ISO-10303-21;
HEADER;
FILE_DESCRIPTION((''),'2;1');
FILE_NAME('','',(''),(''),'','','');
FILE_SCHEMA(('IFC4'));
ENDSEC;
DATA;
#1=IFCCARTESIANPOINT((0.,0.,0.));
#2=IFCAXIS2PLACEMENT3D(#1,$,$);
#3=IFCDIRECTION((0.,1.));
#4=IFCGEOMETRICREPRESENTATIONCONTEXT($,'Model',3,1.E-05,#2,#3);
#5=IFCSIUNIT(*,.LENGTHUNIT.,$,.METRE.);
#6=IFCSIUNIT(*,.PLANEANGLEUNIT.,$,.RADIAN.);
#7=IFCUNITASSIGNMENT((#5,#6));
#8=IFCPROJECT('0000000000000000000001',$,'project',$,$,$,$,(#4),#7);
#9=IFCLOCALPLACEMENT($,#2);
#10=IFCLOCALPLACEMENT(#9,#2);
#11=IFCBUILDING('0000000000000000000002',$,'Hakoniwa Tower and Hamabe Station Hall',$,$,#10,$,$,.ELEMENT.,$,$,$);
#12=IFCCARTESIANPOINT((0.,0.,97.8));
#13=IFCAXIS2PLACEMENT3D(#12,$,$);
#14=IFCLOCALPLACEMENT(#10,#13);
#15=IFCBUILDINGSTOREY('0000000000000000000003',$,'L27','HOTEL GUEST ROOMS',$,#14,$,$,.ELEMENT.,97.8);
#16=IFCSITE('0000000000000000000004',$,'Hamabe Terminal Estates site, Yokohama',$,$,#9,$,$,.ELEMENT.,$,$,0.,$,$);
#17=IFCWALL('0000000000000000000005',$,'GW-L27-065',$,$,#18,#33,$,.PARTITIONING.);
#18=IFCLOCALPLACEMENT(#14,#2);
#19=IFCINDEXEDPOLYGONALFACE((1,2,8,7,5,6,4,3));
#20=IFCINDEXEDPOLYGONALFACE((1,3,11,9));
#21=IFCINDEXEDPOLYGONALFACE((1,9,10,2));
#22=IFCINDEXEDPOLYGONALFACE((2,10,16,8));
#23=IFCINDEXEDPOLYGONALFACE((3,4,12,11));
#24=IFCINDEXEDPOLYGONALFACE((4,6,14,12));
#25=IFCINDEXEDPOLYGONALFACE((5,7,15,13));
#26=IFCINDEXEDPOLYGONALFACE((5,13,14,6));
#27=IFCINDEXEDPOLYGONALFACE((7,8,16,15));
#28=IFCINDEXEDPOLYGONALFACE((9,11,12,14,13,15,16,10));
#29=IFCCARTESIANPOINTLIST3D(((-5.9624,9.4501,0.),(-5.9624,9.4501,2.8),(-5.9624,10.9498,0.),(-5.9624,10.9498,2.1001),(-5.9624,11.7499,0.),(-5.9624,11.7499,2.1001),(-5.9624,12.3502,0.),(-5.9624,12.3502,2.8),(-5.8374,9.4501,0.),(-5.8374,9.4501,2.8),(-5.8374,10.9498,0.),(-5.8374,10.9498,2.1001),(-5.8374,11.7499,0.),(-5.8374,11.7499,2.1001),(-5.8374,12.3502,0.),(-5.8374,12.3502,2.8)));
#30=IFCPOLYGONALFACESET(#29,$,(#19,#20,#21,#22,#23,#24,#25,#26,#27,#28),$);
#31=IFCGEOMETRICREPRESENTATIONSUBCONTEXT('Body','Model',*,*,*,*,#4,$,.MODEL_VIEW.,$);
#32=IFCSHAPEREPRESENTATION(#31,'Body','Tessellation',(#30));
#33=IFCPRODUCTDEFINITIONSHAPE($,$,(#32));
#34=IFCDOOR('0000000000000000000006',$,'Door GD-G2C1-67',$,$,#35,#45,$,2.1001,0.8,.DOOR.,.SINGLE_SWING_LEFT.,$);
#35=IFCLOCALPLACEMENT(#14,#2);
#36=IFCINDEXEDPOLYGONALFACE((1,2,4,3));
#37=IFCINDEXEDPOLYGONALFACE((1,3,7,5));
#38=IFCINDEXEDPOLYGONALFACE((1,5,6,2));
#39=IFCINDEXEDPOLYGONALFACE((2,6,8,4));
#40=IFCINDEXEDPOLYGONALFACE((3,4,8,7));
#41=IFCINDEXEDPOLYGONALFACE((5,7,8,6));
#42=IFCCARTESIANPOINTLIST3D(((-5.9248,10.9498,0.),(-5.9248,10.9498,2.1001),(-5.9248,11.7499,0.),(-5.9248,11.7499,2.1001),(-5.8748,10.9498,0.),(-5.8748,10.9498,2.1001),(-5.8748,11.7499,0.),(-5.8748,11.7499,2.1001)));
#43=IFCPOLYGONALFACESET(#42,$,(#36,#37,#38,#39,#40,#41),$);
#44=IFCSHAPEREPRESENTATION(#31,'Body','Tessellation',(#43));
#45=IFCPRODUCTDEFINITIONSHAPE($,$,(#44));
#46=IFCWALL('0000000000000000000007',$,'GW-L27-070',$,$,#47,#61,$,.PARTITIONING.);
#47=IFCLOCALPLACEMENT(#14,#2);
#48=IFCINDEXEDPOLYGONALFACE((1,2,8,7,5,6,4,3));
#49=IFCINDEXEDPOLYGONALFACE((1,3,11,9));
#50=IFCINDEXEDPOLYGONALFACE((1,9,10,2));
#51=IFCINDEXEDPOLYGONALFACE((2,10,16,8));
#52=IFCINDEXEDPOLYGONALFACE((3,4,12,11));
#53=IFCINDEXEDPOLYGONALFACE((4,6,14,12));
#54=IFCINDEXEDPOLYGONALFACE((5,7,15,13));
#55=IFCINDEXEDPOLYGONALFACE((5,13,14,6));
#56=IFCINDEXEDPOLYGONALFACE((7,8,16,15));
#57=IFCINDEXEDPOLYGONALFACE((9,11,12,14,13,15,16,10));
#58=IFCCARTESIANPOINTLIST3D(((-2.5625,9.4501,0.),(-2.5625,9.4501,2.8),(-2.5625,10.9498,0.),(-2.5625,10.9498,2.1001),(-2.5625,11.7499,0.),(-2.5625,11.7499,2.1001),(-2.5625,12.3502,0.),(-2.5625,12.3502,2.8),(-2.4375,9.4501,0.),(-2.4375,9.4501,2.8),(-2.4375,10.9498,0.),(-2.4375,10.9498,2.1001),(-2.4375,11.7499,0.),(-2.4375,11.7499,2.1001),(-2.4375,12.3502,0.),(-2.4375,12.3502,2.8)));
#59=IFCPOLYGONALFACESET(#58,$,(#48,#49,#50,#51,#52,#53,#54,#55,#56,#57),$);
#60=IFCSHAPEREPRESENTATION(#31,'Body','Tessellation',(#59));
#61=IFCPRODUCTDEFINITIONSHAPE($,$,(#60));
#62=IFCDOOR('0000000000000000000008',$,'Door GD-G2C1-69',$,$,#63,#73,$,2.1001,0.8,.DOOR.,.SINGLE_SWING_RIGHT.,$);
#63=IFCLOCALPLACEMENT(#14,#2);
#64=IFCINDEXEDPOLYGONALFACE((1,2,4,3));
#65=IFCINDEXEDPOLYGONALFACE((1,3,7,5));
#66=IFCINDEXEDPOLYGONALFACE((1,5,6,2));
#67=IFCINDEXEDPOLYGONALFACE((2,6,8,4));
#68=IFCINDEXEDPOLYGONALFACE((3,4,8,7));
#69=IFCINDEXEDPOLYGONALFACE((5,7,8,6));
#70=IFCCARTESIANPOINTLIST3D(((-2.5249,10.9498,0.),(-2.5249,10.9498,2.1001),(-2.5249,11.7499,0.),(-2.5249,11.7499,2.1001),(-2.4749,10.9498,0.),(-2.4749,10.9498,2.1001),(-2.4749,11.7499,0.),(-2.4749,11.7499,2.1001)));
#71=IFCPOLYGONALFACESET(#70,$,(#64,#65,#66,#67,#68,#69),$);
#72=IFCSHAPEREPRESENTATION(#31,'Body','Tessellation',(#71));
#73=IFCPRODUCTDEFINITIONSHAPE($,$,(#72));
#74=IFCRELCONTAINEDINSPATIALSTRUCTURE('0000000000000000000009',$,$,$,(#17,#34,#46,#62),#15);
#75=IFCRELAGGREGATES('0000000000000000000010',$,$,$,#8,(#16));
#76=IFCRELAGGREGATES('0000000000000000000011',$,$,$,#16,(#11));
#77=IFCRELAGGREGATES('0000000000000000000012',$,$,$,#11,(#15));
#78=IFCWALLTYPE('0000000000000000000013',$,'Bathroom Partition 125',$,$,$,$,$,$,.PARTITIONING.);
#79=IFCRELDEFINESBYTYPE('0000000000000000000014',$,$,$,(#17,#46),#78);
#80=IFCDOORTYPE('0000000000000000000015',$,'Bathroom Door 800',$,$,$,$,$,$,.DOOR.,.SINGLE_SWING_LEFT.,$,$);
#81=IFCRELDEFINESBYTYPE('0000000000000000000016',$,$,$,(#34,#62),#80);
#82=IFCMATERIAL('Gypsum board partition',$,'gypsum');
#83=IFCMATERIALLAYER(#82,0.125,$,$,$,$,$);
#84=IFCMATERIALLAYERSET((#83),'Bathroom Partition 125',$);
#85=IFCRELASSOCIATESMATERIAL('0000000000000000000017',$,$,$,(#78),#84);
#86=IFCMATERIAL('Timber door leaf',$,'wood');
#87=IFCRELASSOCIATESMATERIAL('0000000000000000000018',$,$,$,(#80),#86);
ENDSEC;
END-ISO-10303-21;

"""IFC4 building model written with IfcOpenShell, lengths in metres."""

from ifc_helpers import new_model, si_unit, direction, frame, frame_2d, origin, place, context, subcontext, project, spatial, rectangle, extrude, material, layer, layer_set, type_object, element, fill, save


model = new_model("IFC4")

# Units and contexts
model_context = context("Model", 3, precision=1e-05, world=origin(), true_north=direction((0.0, 1.0)))
body_context = subcontext(model_context, "Body", "Model", "MODEL_VIEW")
ifc_project = project(units=[si_unit("LENGTHUNIT", "METRE"), si_unit("PLANEANGLEUNIT", "RADIAN")], contexts=[model_context])

# Site, building, storey
site_placement = place(None, origin())
site = spatial("IfcSite", under=ifc_project, at=site_placement, Name="Hamabe Terminal Estates site, Yokohama", CompositionType="ELEMENT", RefElevation=0.0)
building_placement = place(site_placement, origin())
building = spatial("IfcBuilding", under=site, at=building_placement, Name="Hakoniwa Tower and Hamabe Station Hall", CompositionType="ELEMENT")
storey_placement = place(building_placement, frame((0.0, 0.0, 97.8)))
storey = spatial("IfcBuildingStorey", under=building, at=storey_placement, Name="L27", Description="HOTEL GUEST ROOMS", CompositionType="ELEMENT", Elevation=97.8)

# Shared definitions
ifc_material_1 = material(Name="Gypsum board partition", Category="gypsum")
ifc_layer_1 = layer(ifc_material_1, 0.125)
ifc_layer_set_1 = layer_set([ifc_layer_1], Name="Bathroom Partition 125")
wall_type_1 = type_object("IfcWallType", Name="Bathroom Partition 125", PredefinedType="PARTITIONING", material=ifc_layer_set_1)

# Shared definitions
ifc_material_2 = material(Name="Timber door leaf", Category="wood")
door_type_1 = type_object("IfcDoorType", Name="Bathroom Door 800", OperationType="SINGLE_SWING_LEFT", PredefinedType="DOOR", material=ifc_material_2)

# Walls, openings, doors
wall_1_placement = place(storey_placement, frame((-5.8999, 9.45, 0.0), z_axis=(0.0, 0.0, 1.0), x_axis=(0.0, 1.0, 0.0)))
wall_1 = element("IfcWall", 1, at=wall_1_placement, inside=storey, type_object=wall_type_1, Name="GW-L27-065", PredefinedType="PARTITIONING", context=body_context, shape_type="SweptSolid", body=[
    extrude(rectangle(XDim=2.9001, YDim=0.125, at=frame_2d((1.4502, 0.0))), origin(), (0.0, 0.0, 1.0), 2.8),
])
opening_1_placement = place(wall_1_placement, frame((1.5, 0.0, 0.0)))
opening_1 = element("IfcOpeningElement", 2, at=opening_1_placement, cuts=wall_1, PredefinedType="OPENING", context=body_context, shape_type="SweptSolid", body=[
    extrude(rectangle(XDim=0.8, YDim=2.1001, at=frame_2d((0.3999, 1.05))), frame((0.0, 0.0725, 0.0), z_axis=(0.0, -1.0, 0.0), x_axis=(1.0, 0.0, 0.0)), (0.0, 0.0, 1.0), 0.145),
])
door_1_placement = place(opening_1_placement, origin())
door_1 = element("IfcDoor", 3, at=door_1_placement, inside=storey, type_object=door_type_1, Name="Door GD-G2C1-67", OperationType="SINGLE_SWING_LEFT", OverallHeight=2.1001, OverallWidth=0.8, PredefinedType="DOOR", context=body_context, shape_type="SweptSolid", body=[
    extrude(rectangle(XDim=0.8, YDim=2.1001, at=frame_2d((0.3999, 1.05))), frame((0.0, 0.0249, 0.0), z_axis=(0.0, -1.0, 0.0), x_axis=(1.0, 0.0, 0.0)), (0.0, 0.0, 1.0), 0.05),
])
fill(opening_1, door_1)
wall_2_placement = place(storey_placement, frame((-2.5, 9.45, 0.0), z_axis=(0.0, 0.0, 1.0), x_axis=(0.0, 1.0, 0.0)))
wall_2 = element("IfcWall", 4, at=wall_2_placement, inside=storey, type_object=wall_type_1, Name="GW-L27-070", PredefinedType="PARTITIONING", context=body_context, shape_type="SweptSolid", body=[
    extrude(rectangle(XDim=2.9001, YDim=0.125, at=frame_2d((1.4502, 0.0))), origin(), (0.0, 0.0, 1.0), 2.8),
])
opening_2_placement = place(wall_2_placement, frame((1.5, 0.0, 0.0)))
opening_2 = element("IfcOpeningElement", 5, at=opening_2_placement, cuts=wall_2, PredefinedType="OPENING", context=body_context, shape_type="SweptSolid", body=[
    extrude(rectangle(XDim=0.8, YDim=2.1001, at=frame_2d((0.3999, 1.05))), frame((0.0, 0.0725, 0.0), z_axis=(0.0, -1.0, 0.0), x_axis=(1.0, 0.0, 0.0)), (0.0, 0.0, 1.0), 0.145),
])
door_2_placement = place(opening_2_placement, origin())
door_2 = element("IfcDoor", 6, at=door_2_placement, inside=storey, type_object=door_type_1, Name="Door GD-G2C1-69", OperationType="SINGLE_SWING_RIGHT", OverallHeight=2.1001, OverallWidth=0.8, PredefinedType="DOOR", context=body_context, shape_type="SweptSolid", body=[
    extrude(rectangle(XDim=0.8, YDim=2.1001, at=frame_2d((0.3999, 1.05))), frame((0.0, 0.0249, 0.0), z_axis=(0.0, -1.0, 0.0), x_axis=(1.0, 0.0, 0.0)), (0.0, 0.0, 1.0), 0.05),
])
fill(opening_2, door_2)

save(model, "model.ifc")
